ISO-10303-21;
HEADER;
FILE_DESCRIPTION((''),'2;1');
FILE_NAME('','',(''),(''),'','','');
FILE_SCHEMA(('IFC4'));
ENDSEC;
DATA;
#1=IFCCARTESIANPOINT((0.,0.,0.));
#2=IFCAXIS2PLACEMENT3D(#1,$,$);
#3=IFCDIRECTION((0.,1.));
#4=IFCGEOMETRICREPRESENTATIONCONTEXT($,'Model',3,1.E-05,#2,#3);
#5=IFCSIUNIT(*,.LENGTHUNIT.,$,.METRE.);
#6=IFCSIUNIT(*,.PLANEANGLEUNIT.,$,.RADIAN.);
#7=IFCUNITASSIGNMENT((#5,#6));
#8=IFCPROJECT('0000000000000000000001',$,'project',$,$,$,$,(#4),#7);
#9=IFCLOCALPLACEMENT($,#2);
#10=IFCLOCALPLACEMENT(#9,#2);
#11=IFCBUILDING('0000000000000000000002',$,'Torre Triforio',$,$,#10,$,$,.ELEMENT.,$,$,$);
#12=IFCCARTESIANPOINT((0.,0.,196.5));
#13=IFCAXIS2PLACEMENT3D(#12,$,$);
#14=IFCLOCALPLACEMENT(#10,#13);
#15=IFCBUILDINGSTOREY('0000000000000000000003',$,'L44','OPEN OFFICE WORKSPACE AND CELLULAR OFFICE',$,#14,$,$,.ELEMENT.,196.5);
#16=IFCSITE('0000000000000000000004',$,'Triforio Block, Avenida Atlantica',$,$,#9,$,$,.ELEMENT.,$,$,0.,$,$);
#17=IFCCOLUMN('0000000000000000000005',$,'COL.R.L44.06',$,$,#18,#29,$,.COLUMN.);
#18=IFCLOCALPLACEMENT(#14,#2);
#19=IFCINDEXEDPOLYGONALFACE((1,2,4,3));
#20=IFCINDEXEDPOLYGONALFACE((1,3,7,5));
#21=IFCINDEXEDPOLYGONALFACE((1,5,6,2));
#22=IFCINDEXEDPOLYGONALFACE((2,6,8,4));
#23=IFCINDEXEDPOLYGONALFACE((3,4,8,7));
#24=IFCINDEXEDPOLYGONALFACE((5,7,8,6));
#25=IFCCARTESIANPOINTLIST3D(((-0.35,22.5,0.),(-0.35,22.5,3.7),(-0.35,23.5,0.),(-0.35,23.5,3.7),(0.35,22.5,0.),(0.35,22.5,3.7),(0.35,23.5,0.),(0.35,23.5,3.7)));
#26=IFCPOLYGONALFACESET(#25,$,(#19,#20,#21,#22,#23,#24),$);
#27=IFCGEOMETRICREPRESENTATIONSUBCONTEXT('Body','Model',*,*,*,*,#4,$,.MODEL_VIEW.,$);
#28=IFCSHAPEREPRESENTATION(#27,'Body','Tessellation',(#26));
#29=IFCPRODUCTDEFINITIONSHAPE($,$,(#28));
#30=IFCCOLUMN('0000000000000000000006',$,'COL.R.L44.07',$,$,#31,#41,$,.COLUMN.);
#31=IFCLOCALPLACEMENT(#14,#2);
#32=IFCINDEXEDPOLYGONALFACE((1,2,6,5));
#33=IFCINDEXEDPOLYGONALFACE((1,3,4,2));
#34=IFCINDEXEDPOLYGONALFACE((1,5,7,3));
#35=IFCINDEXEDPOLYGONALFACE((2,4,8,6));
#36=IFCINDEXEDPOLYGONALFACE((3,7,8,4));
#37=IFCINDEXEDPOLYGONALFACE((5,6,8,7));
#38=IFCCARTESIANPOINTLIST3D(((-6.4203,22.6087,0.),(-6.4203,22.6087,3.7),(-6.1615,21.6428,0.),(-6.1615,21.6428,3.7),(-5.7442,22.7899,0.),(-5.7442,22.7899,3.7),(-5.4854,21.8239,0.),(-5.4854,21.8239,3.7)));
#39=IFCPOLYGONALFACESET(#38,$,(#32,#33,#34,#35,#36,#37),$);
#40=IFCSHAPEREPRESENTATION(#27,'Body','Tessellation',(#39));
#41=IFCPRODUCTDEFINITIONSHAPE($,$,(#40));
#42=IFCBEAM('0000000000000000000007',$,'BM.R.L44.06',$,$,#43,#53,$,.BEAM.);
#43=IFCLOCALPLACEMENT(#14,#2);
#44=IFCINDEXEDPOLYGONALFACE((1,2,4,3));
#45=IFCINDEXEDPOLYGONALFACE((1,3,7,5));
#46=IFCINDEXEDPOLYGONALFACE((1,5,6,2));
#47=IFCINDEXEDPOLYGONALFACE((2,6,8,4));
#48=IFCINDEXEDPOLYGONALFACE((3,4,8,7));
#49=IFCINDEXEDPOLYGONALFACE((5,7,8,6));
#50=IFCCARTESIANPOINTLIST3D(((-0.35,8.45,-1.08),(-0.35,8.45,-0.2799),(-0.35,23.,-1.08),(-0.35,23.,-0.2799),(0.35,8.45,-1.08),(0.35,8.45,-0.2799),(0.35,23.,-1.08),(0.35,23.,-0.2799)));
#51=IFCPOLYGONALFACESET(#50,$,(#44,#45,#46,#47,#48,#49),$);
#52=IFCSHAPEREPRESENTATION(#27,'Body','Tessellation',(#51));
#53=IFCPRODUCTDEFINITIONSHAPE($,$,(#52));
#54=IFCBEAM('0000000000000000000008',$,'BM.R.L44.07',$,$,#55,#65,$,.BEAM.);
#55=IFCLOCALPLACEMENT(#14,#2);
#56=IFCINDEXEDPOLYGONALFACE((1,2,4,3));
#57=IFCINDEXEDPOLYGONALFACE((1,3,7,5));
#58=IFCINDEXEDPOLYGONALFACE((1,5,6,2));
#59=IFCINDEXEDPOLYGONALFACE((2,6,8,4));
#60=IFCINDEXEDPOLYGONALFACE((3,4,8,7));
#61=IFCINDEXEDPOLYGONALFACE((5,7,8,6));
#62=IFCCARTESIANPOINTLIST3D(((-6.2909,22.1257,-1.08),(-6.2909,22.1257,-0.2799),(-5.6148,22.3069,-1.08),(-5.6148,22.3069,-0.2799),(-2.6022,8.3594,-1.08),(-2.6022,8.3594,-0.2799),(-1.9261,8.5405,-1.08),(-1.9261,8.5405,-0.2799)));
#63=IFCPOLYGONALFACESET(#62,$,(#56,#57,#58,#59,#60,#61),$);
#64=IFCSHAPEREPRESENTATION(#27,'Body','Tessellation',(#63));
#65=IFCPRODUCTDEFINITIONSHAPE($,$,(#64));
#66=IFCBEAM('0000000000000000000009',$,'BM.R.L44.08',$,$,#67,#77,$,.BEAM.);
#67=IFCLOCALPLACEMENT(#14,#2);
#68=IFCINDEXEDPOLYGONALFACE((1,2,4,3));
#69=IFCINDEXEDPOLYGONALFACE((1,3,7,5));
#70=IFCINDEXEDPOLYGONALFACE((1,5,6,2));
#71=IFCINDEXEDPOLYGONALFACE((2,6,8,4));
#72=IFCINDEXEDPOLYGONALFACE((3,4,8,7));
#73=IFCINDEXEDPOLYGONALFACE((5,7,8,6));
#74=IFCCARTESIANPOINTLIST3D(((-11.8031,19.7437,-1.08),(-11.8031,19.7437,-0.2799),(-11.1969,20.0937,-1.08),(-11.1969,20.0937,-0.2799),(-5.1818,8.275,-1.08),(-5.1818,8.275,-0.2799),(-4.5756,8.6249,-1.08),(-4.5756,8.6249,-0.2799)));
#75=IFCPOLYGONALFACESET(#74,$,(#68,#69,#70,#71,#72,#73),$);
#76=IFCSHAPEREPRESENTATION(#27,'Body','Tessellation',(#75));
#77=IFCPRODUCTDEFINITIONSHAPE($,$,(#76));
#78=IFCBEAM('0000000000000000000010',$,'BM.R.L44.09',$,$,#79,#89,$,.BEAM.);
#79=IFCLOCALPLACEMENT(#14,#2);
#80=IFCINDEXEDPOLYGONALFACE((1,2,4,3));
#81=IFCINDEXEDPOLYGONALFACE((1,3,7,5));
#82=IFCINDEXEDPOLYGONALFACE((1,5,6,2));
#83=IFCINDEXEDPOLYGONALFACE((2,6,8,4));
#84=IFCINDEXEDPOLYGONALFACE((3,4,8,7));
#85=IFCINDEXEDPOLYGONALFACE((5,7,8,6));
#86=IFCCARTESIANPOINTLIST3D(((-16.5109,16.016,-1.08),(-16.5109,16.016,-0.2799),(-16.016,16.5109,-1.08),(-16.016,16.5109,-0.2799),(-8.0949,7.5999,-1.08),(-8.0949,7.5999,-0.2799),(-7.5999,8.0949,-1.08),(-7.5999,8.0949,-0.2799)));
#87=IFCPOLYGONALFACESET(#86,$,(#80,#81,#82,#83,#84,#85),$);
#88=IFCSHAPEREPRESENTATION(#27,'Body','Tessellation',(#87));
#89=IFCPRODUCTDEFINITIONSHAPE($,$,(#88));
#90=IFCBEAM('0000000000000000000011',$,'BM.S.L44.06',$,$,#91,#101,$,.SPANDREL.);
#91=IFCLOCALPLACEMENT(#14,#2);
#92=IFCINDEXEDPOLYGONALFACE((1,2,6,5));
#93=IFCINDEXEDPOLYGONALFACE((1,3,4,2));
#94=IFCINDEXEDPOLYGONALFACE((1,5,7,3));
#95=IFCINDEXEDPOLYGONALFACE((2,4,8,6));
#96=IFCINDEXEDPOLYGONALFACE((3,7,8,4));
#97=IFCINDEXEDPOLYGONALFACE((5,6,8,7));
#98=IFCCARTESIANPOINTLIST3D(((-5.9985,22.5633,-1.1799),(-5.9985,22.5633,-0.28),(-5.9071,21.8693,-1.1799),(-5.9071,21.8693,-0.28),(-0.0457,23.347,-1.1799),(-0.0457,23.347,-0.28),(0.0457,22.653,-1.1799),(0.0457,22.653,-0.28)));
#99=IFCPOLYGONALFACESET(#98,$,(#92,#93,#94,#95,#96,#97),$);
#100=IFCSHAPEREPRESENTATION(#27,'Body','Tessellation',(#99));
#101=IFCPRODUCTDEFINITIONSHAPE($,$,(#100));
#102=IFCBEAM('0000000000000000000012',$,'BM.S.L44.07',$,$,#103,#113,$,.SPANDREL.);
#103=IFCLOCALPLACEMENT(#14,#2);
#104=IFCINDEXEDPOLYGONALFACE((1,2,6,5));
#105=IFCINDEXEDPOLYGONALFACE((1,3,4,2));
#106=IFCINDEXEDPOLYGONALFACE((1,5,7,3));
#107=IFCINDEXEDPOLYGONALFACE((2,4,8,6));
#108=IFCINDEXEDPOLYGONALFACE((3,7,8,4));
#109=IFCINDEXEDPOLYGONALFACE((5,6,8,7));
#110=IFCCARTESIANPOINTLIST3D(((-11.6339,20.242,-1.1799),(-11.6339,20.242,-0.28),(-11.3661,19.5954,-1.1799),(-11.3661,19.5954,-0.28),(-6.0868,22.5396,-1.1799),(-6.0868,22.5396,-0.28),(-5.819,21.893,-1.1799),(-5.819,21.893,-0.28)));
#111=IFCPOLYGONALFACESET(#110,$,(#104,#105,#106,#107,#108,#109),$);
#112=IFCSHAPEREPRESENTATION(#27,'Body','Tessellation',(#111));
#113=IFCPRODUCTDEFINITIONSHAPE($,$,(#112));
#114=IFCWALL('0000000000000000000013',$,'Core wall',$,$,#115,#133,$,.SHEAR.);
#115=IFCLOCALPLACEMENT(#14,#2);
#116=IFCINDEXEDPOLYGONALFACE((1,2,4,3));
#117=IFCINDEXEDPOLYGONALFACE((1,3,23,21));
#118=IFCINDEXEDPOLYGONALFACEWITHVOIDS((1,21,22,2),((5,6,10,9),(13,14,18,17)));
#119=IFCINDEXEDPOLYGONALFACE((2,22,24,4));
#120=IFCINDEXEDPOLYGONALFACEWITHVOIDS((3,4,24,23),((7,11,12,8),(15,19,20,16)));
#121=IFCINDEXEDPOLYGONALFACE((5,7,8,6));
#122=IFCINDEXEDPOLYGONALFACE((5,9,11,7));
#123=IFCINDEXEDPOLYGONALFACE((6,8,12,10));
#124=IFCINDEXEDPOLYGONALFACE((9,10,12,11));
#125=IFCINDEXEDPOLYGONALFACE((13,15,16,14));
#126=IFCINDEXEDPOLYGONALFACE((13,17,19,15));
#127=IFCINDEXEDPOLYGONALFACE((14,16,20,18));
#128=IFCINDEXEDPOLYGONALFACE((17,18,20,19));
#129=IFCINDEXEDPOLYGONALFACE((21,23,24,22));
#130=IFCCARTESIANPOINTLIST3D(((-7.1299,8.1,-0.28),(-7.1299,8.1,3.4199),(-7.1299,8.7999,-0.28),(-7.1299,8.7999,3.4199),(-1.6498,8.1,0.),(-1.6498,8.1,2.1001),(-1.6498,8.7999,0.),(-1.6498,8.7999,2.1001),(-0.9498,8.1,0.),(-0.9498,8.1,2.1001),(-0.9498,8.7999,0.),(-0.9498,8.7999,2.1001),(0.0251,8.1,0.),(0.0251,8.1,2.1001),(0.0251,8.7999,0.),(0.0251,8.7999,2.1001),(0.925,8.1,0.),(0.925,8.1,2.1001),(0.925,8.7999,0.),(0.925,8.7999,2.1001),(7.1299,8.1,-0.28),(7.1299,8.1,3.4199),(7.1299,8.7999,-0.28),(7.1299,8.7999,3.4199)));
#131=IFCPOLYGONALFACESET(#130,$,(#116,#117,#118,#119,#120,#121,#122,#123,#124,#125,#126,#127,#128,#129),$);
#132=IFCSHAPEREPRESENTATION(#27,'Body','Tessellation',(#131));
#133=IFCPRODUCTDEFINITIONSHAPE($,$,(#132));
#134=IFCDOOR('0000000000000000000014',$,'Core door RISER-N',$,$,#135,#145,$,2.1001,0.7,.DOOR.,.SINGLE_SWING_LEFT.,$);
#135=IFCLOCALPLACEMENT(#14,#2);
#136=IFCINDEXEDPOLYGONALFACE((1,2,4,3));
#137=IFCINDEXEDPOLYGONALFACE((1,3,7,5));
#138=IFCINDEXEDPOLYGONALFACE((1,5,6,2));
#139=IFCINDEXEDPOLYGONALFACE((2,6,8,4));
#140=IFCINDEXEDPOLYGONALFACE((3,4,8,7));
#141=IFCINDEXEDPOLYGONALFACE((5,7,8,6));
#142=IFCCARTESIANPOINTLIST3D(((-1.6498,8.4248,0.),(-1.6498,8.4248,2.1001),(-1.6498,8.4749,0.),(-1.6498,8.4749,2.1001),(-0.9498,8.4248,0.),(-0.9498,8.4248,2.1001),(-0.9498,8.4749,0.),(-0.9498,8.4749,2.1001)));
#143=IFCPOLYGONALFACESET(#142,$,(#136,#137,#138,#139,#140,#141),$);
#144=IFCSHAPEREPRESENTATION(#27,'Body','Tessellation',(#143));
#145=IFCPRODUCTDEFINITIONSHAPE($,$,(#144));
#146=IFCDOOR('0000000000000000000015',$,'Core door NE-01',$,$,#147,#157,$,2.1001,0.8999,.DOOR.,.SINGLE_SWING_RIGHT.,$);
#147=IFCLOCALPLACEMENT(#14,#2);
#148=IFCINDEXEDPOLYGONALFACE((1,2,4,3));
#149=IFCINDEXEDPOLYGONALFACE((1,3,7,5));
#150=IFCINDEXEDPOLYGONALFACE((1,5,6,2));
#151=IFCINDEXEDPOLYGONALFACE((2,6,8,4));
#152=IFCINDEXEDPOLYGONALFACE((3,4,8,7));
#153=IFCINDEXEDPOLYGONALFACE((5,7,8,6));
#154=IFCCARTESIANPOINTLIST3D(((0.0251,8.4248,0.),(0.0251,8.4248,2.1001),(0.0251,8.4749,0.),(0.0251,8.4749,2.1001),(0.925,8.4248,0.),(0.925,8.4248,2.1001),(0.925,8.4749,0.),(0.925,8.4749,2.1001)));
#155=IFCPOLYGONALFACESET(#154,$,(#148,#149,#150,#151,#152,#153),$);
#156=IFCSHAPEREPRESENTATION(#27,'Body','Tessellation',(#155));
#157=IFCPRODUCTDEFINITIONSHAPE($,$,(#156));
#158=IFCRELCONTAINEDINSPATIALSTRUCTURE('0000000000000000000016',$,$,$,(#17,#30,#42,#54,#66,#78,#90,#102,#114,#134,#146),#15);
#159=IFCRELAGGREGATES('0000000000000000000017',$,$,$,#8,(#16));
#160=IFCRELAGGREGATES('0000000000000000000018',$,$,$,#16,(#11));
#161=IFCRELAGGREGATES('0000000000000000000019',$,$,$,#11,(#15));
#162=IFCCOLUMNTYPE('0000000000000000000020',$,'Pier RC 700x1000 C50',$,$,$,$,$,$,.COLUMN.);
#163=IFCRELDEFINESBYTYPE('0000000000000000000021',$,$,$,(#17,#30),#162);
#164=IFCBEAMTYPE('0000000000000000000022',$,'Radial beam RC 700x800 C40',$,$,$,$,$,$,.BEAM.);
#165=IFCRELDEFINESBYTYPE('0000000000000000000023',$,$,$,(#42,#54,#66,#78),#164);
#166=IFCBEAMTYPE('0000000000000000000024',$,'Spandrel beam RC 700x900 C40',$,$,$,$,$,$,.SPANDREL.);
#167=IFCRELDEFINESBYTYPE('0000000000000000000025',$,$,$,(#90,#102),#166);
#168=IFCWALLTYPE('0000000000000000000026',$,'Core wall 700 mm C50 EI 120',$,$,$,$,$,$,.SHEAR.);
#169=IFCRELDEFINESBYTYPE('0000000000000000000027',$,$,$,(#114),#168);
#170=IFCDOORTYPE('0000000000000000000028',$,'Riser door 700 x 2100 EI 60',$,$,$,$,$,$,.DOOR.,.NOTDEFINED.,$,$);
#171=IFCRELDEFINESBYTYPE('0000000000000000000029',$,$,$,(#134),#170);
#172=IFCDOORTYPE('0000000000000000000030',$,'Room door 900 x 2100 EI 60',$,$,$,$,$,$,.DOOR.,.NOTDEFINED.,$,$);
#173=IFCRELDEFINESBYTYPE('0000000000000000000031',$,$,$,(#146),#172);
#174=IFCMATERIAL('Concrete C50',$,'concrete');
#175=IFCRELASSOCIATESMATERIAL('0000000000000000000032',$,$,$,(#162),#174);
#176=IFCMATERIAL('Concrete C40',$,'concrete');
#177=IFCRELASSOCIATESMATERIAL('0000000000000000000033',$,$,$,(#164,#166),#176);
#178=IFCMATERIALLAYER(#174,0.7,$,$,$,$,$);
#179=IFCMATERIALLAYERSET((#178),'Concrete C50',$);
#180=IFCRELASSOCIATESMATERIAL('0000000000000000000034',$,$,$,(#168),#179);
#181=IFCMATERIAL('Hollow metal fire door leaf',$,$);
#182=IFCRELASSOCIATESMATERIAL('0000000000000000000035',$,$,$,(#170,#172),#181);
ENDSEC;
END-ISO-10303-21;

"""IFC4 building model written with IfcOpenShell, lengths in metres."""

from ifc_helpers import new_model, si_unit, direction, frame, frame_2d, origin, origin_2d, place, context, subcontext, project, spatial, rectangle, extrude, material, layer, layer_set, material_profile, profile_set, type_object, element, fill, save


model = new_model("IFC4")

# Units and contexts
model_context = context("Model", 3, precision=1e-05, world=origin(), true_north=direction((0.0, 1.0)))
body_context = subcontext(model_context, "Body", "Model", "MODEL_VIEW")
ifc_project = project(units=[si_unit("LENGTHUNIT", "METRE"), si_unit("PLANEANGLEUNIT", "RADIAN")], contexts=[model_context])

# Site, building, storey
site_placement = place(None, origin())
site = spatial("IfcSite", under=ifc_project, at=site_placement, Name="Triforio Block, Avenida Atlantica", CompositionType="ELEMENT", RefElevation=0.0)
building_placement = place(site_placement, origin())
building = spatial("IfcBuilding", under=site, at=building_placement, Name="Torre Triforio", CompositionType="ELEMENT")
storey_placement = place(building_placement, frame((0.0, 0.0, 196.5)))
storey = spatial("IfcBuildingStorey", under=building, at=storey_placement, Name="L44", Description="OPEN OFFICE WORKSPACE AND CELLULAR OFFICE", CompositionType="ELEMENT", Elevation=196.5)

# Columns
ifc_material_1 = material(Name="Concrete C50", Category="concrete")
ifc_material_profile_1 = material_profile(ifc_material_1, rectangle(XDim=0.7, YDim=1.0, at=origin_2d()), Name="RC 700x1000")
ifc_profile_set_1 = profile_set([ifc_material_profile_1], Name="Concrete C50")
column_type = type_object("IfcColumnType", Name="Pier RC 700x1000 C50", PredefinedType="COLUMN", material=ifc_profile_set_1)
for number, where, z_axis, x_axis, name in (
    (1, (0.0, 23.0, 0.0), (0.0, 0.0, 1.0), (-1.0, 0.0, 0.0), "COL.R.L44.06"),
    (2, (-5.9529, 22.2163, 0.0), (0.0, 0.0, 1.0), (-0.965926, -0.258819, 0.0), "COL.R.L44.07"),
):
    element("IfcColumn", number, at=place(storey_placement, frame(where, z_axis=z_axis, x_axis=x_axis)), inside=storey, type_object=column_type, Name=name, PredefinedType="COLUMN", context=body_context, shape_type="SweptSolid", body=[
        extrude(rectangle(XDim=0.7, YDim=1.0, at=origin_2d()), origin(), (0.0, 0.0, 1.0), 3.7),
    ])

# Beams
ifc_material_2 = material(Name="Concrete C40", Category="concrete")
ifc_material_profile_2 = material_profile(ifc_material_2, rectangle(XDim=0.7, YDim=0.8, at=origin_2d()), Name="RC 700x800")
ifc_profile_set_2 = profile_set([ifc_material_profile_2], Name="Concrete C40")
beam_type_1 = type_object("IfcBeamType", Name="Radial beam RC 700x800 C40", PredefinedType="BEAM", material=ifc_profile_set_2)
beam_1_placement = place(storey_placement, frame((0.0, 8.45, -0.6799), z_axis=(0.0, 1.0, 0.0), x_axis=(-1.0, 0.0, 0.0)))
element("IfcBeam", 3, at=beam_1_placement, inside=storey, type_object=beam_type_1, Name="BM.R.L44.06", PredefinedType="BEAM", context=body_context, shape_type="SweptSolid", body=[
    extrude(rectangle(XDim=0.7, YDim=0.8, at=origin_2d()), origin(), (0.0, 0.0, 1.0), 14.55),
])
beam_2_placement = place(storey_placement, frame((-2.2642, 8.45, -0.6799), z_axis=(-0.258821, 0.965925, 0.0), x_axis=(-0.965925, -0.258821, 0.0)))
element("IfcBeam", 4, at=beam_2_placement, inside=storey, type_object=beam_type_1, Name="BM.R.L44.07", PredefinedType="BEAM", context=body_context, shape_type="SweptSolid", body=[
    extrude(rectangle(XDim=0.7, YDim=0.8, at=origin_2d()), origin(), (0.0, 0.0, 1.0), 14.252),
])
beam_3_placement = place(storey_placement, frame((-4.8787, 8.45, -0.6799), z_axis=(-0.499992, 0.86603, 0.0), x_axis=(-0.86603, -0.499992, 0.0)))
element("IfcBeam", 5, at=beam_3_placement, inside=storey, type_object=beam_type_1, Name="BM.R.L44.08", PredefinedType="BEAM", context=body_context, shape_type="SweptSolid", body=[
    extrude(rectangle(XDim=0.7, YDim=0.8, at=origin_2d()), origin(), (0.0, 0.0, 1.0), 13.2429),
])
beam_4_placement = place(storey_placement, frame((-7.8474, 7.8474, -0.6799), z_axis=(-0.707107, 0.707107, 0.0), x_axis=(-0.707107, -0.707107, 0.0)))
element("IfcBeam", 6, at=beam_4_placement, inside=storey, type_object=beam_type_1, Name="BM.R.L44.09", PredefinedType="BEAM", context=body_context, shape_type="SweptSolid", body=[
    extrude(rectangle(XDim=0.7, YDim=0.8, at=origin_2d()), origin(), (0.0, 0.0, 1.0), 11.9021),
])
ifc_material_profile_3 = material_profile(ifc_material_2, rectangle(XDim=0.7, YDim=0.8999, at=origin_2d()), Name="RC 700x900")
ifc_profile_set_3 = profile_set([ifc_material_profile_3], Name="Concrete C40")
beam_type_2 = type_object("IfcBeamType", Name="Spandrel beam RC 700x900 C40", PredefinedType="SPANDREL", material=ifc_profile_set_3)
for number, where, z_axis, x_axis, name in (
    (7, (0.0, 23.0, -0.73), (-0.991445, -0.130523, 0.0), (0.130523, -0.991445, 0.0), "BM.S.L44.06"),
    (8, (-5.9529, 22.2163, -0.73), (-0.923885, -0.382671, 0.0), (0.382671, -0.923885, 0.0), "BM.S.L44.07"),
):
    element("IfcBeam", number, at=place(storey_placement, frame(where, z_axis=z_axis, x_axis=x_axis)), inside=storey, type_object=beam_type_2, Name=name, PredefinedType="SPANDREL", context=body_context, shape_type="SweptSolid", body=[
        extrude(rectangle(XDim=0.7, YDim=0.8999, at=origin_2d()), origin(), (0.0, 0.0, 1.0), 6.0042),
    ])

# Wall, openings, doors
ifc_layer_1 = layer(ifc_material_1, 0.7)
ifc_layer_set_1 = layer_set([ifc_layer_1], Name="Concrete C50")
wall_type_1 = type_object("IfcWallType", Name="Core wall 700 mm C50 EI 120", PredefinedType="SHEAR", material=ifc_layer_set_1)
wall_1_placement = place(storey_placement, frame((-7.1299, 8.45, -0.28), z_axis=(0.0, 0.0, 1.0), x_axis=(1.0, 0.0, 0.0)))
wall_1 = element("IfcWall", 9, at=wall_1_placement, inside=storey, type_object=wall_type_1, Name="Core wall", PredefinedType="SHEAR", context=body_context, shape_type="SweptSolid", body=[
    extrude(rectangle(XDim=14.2598, YDim=0.7, at=frame_2d((7.1299, 0.0))), origin(), (0.0, 0.0, 1.0), 3.7),
])
opening_1_placement = place(wall_1_placement, frame((5.48, 0.0, 0.28)))
opening_1 = element("IfcOpeningElement", 10, at=opening_1_placement, cuts=wall_1, PredefinedType="OPENING", context=body_context, shape_type="SweptSolid", body=[
    extrude(rectangle(XDim=0.7, YDim=2.1001, at=frame_2d((0.3501, 1.05))), frame((0.0, 0.3599, 0.0), z_axis=(0.0, -1.0, 0.0), x_axis=(1.0, 0.0, 0.0)), (0.0, 0.0, 1.0), 0.72),
])
opening_2_placement = place(wall_1_placement, frame((7.155, 0.0, 0.28)))
opening_2 = element("IfcOpeningElement", 11, at=opening_2_placement, cuts=wall_1, PredefinedType="OPENING", context=body_context, shape_type="SweptSolid", body=[
    extrude(rectangle(XDim=0.8999, YDim=2.1001, at=frame_2d((0.45, 1.05))), frame((0.0, 0.3599, 0.0), z_axis=(0.0, -1.0, 0.0), x_axis=(1.0, 0.0, 0.0)), (0.0, 0.0, 1.0), 0.72),
])
ifc_material_3 = material(Name="Hollow metal fire door leaf")
door_type_1 = type_object("IfcDoorType", Name="Riser door 700 x 2100 EI 60", OperationType="NOTDEFINED", PredefinedType="DOOR", material=ifc_material_3)
door_1_placement = place(opening_1_placement, origin())
door_1 = element("IfcDoor", 12, at=door_1_placement, inside=storey, type_object=door_type_1, Name="Core door RISER-N", OperationType="SINGLE_SWING_LEFT", OverallHeight=2.1001, OverallWidth=0.7, PredefinedType="DOOR", context=body_context, shape_type="SweptSolid", body=[
    extrude(rectangle(XDim=0.7, YDim=2.1001, at=frame_2d((0.3501, 1.05))), frame((0.0, 0.0249, 0.0), z_axis=(0.0, -1.0, 0.0), x_axis=(1.0, 0.0, 0.0)), (0.0, 0.0, 1.0), 0.05),
])
fill(opening_1, door_1)
door_type_2 = type_object("IfcDoorType", Name="Room door 900 x 2100 EI 60", OperationType="NOTDEFINED", PredefinedType="DOOR", material=ifc_material_3)
door_2_placement = place(opening_2_placement, origin())
door_2 = element("IfcDoor", 13, at=door_2_placement, inside=storey, type_object=door_type_2, Name="Core door NE-01", OperationType="SINGLE_SWING_RIGHT", OverallHeight=2.1001, OverallWidth=0.8999, PredefinedType="DOOR", context=body_context, shape_type="SweptSolid", body=[
    extrude(rectangle(XDim=0.8999, YDim=2.1001, at=frame_2d((0.45, 1.05))), frame((0.0, 0.0249, 0.0), z_axis=(0.0, -1.0, 0.0), x_axis=(1.0, 0.0, 0.0)), (0.0, 0.0, 1.0), 0.05),
])
fill(opening_2, door_2)

save(model, "model.ifc")
